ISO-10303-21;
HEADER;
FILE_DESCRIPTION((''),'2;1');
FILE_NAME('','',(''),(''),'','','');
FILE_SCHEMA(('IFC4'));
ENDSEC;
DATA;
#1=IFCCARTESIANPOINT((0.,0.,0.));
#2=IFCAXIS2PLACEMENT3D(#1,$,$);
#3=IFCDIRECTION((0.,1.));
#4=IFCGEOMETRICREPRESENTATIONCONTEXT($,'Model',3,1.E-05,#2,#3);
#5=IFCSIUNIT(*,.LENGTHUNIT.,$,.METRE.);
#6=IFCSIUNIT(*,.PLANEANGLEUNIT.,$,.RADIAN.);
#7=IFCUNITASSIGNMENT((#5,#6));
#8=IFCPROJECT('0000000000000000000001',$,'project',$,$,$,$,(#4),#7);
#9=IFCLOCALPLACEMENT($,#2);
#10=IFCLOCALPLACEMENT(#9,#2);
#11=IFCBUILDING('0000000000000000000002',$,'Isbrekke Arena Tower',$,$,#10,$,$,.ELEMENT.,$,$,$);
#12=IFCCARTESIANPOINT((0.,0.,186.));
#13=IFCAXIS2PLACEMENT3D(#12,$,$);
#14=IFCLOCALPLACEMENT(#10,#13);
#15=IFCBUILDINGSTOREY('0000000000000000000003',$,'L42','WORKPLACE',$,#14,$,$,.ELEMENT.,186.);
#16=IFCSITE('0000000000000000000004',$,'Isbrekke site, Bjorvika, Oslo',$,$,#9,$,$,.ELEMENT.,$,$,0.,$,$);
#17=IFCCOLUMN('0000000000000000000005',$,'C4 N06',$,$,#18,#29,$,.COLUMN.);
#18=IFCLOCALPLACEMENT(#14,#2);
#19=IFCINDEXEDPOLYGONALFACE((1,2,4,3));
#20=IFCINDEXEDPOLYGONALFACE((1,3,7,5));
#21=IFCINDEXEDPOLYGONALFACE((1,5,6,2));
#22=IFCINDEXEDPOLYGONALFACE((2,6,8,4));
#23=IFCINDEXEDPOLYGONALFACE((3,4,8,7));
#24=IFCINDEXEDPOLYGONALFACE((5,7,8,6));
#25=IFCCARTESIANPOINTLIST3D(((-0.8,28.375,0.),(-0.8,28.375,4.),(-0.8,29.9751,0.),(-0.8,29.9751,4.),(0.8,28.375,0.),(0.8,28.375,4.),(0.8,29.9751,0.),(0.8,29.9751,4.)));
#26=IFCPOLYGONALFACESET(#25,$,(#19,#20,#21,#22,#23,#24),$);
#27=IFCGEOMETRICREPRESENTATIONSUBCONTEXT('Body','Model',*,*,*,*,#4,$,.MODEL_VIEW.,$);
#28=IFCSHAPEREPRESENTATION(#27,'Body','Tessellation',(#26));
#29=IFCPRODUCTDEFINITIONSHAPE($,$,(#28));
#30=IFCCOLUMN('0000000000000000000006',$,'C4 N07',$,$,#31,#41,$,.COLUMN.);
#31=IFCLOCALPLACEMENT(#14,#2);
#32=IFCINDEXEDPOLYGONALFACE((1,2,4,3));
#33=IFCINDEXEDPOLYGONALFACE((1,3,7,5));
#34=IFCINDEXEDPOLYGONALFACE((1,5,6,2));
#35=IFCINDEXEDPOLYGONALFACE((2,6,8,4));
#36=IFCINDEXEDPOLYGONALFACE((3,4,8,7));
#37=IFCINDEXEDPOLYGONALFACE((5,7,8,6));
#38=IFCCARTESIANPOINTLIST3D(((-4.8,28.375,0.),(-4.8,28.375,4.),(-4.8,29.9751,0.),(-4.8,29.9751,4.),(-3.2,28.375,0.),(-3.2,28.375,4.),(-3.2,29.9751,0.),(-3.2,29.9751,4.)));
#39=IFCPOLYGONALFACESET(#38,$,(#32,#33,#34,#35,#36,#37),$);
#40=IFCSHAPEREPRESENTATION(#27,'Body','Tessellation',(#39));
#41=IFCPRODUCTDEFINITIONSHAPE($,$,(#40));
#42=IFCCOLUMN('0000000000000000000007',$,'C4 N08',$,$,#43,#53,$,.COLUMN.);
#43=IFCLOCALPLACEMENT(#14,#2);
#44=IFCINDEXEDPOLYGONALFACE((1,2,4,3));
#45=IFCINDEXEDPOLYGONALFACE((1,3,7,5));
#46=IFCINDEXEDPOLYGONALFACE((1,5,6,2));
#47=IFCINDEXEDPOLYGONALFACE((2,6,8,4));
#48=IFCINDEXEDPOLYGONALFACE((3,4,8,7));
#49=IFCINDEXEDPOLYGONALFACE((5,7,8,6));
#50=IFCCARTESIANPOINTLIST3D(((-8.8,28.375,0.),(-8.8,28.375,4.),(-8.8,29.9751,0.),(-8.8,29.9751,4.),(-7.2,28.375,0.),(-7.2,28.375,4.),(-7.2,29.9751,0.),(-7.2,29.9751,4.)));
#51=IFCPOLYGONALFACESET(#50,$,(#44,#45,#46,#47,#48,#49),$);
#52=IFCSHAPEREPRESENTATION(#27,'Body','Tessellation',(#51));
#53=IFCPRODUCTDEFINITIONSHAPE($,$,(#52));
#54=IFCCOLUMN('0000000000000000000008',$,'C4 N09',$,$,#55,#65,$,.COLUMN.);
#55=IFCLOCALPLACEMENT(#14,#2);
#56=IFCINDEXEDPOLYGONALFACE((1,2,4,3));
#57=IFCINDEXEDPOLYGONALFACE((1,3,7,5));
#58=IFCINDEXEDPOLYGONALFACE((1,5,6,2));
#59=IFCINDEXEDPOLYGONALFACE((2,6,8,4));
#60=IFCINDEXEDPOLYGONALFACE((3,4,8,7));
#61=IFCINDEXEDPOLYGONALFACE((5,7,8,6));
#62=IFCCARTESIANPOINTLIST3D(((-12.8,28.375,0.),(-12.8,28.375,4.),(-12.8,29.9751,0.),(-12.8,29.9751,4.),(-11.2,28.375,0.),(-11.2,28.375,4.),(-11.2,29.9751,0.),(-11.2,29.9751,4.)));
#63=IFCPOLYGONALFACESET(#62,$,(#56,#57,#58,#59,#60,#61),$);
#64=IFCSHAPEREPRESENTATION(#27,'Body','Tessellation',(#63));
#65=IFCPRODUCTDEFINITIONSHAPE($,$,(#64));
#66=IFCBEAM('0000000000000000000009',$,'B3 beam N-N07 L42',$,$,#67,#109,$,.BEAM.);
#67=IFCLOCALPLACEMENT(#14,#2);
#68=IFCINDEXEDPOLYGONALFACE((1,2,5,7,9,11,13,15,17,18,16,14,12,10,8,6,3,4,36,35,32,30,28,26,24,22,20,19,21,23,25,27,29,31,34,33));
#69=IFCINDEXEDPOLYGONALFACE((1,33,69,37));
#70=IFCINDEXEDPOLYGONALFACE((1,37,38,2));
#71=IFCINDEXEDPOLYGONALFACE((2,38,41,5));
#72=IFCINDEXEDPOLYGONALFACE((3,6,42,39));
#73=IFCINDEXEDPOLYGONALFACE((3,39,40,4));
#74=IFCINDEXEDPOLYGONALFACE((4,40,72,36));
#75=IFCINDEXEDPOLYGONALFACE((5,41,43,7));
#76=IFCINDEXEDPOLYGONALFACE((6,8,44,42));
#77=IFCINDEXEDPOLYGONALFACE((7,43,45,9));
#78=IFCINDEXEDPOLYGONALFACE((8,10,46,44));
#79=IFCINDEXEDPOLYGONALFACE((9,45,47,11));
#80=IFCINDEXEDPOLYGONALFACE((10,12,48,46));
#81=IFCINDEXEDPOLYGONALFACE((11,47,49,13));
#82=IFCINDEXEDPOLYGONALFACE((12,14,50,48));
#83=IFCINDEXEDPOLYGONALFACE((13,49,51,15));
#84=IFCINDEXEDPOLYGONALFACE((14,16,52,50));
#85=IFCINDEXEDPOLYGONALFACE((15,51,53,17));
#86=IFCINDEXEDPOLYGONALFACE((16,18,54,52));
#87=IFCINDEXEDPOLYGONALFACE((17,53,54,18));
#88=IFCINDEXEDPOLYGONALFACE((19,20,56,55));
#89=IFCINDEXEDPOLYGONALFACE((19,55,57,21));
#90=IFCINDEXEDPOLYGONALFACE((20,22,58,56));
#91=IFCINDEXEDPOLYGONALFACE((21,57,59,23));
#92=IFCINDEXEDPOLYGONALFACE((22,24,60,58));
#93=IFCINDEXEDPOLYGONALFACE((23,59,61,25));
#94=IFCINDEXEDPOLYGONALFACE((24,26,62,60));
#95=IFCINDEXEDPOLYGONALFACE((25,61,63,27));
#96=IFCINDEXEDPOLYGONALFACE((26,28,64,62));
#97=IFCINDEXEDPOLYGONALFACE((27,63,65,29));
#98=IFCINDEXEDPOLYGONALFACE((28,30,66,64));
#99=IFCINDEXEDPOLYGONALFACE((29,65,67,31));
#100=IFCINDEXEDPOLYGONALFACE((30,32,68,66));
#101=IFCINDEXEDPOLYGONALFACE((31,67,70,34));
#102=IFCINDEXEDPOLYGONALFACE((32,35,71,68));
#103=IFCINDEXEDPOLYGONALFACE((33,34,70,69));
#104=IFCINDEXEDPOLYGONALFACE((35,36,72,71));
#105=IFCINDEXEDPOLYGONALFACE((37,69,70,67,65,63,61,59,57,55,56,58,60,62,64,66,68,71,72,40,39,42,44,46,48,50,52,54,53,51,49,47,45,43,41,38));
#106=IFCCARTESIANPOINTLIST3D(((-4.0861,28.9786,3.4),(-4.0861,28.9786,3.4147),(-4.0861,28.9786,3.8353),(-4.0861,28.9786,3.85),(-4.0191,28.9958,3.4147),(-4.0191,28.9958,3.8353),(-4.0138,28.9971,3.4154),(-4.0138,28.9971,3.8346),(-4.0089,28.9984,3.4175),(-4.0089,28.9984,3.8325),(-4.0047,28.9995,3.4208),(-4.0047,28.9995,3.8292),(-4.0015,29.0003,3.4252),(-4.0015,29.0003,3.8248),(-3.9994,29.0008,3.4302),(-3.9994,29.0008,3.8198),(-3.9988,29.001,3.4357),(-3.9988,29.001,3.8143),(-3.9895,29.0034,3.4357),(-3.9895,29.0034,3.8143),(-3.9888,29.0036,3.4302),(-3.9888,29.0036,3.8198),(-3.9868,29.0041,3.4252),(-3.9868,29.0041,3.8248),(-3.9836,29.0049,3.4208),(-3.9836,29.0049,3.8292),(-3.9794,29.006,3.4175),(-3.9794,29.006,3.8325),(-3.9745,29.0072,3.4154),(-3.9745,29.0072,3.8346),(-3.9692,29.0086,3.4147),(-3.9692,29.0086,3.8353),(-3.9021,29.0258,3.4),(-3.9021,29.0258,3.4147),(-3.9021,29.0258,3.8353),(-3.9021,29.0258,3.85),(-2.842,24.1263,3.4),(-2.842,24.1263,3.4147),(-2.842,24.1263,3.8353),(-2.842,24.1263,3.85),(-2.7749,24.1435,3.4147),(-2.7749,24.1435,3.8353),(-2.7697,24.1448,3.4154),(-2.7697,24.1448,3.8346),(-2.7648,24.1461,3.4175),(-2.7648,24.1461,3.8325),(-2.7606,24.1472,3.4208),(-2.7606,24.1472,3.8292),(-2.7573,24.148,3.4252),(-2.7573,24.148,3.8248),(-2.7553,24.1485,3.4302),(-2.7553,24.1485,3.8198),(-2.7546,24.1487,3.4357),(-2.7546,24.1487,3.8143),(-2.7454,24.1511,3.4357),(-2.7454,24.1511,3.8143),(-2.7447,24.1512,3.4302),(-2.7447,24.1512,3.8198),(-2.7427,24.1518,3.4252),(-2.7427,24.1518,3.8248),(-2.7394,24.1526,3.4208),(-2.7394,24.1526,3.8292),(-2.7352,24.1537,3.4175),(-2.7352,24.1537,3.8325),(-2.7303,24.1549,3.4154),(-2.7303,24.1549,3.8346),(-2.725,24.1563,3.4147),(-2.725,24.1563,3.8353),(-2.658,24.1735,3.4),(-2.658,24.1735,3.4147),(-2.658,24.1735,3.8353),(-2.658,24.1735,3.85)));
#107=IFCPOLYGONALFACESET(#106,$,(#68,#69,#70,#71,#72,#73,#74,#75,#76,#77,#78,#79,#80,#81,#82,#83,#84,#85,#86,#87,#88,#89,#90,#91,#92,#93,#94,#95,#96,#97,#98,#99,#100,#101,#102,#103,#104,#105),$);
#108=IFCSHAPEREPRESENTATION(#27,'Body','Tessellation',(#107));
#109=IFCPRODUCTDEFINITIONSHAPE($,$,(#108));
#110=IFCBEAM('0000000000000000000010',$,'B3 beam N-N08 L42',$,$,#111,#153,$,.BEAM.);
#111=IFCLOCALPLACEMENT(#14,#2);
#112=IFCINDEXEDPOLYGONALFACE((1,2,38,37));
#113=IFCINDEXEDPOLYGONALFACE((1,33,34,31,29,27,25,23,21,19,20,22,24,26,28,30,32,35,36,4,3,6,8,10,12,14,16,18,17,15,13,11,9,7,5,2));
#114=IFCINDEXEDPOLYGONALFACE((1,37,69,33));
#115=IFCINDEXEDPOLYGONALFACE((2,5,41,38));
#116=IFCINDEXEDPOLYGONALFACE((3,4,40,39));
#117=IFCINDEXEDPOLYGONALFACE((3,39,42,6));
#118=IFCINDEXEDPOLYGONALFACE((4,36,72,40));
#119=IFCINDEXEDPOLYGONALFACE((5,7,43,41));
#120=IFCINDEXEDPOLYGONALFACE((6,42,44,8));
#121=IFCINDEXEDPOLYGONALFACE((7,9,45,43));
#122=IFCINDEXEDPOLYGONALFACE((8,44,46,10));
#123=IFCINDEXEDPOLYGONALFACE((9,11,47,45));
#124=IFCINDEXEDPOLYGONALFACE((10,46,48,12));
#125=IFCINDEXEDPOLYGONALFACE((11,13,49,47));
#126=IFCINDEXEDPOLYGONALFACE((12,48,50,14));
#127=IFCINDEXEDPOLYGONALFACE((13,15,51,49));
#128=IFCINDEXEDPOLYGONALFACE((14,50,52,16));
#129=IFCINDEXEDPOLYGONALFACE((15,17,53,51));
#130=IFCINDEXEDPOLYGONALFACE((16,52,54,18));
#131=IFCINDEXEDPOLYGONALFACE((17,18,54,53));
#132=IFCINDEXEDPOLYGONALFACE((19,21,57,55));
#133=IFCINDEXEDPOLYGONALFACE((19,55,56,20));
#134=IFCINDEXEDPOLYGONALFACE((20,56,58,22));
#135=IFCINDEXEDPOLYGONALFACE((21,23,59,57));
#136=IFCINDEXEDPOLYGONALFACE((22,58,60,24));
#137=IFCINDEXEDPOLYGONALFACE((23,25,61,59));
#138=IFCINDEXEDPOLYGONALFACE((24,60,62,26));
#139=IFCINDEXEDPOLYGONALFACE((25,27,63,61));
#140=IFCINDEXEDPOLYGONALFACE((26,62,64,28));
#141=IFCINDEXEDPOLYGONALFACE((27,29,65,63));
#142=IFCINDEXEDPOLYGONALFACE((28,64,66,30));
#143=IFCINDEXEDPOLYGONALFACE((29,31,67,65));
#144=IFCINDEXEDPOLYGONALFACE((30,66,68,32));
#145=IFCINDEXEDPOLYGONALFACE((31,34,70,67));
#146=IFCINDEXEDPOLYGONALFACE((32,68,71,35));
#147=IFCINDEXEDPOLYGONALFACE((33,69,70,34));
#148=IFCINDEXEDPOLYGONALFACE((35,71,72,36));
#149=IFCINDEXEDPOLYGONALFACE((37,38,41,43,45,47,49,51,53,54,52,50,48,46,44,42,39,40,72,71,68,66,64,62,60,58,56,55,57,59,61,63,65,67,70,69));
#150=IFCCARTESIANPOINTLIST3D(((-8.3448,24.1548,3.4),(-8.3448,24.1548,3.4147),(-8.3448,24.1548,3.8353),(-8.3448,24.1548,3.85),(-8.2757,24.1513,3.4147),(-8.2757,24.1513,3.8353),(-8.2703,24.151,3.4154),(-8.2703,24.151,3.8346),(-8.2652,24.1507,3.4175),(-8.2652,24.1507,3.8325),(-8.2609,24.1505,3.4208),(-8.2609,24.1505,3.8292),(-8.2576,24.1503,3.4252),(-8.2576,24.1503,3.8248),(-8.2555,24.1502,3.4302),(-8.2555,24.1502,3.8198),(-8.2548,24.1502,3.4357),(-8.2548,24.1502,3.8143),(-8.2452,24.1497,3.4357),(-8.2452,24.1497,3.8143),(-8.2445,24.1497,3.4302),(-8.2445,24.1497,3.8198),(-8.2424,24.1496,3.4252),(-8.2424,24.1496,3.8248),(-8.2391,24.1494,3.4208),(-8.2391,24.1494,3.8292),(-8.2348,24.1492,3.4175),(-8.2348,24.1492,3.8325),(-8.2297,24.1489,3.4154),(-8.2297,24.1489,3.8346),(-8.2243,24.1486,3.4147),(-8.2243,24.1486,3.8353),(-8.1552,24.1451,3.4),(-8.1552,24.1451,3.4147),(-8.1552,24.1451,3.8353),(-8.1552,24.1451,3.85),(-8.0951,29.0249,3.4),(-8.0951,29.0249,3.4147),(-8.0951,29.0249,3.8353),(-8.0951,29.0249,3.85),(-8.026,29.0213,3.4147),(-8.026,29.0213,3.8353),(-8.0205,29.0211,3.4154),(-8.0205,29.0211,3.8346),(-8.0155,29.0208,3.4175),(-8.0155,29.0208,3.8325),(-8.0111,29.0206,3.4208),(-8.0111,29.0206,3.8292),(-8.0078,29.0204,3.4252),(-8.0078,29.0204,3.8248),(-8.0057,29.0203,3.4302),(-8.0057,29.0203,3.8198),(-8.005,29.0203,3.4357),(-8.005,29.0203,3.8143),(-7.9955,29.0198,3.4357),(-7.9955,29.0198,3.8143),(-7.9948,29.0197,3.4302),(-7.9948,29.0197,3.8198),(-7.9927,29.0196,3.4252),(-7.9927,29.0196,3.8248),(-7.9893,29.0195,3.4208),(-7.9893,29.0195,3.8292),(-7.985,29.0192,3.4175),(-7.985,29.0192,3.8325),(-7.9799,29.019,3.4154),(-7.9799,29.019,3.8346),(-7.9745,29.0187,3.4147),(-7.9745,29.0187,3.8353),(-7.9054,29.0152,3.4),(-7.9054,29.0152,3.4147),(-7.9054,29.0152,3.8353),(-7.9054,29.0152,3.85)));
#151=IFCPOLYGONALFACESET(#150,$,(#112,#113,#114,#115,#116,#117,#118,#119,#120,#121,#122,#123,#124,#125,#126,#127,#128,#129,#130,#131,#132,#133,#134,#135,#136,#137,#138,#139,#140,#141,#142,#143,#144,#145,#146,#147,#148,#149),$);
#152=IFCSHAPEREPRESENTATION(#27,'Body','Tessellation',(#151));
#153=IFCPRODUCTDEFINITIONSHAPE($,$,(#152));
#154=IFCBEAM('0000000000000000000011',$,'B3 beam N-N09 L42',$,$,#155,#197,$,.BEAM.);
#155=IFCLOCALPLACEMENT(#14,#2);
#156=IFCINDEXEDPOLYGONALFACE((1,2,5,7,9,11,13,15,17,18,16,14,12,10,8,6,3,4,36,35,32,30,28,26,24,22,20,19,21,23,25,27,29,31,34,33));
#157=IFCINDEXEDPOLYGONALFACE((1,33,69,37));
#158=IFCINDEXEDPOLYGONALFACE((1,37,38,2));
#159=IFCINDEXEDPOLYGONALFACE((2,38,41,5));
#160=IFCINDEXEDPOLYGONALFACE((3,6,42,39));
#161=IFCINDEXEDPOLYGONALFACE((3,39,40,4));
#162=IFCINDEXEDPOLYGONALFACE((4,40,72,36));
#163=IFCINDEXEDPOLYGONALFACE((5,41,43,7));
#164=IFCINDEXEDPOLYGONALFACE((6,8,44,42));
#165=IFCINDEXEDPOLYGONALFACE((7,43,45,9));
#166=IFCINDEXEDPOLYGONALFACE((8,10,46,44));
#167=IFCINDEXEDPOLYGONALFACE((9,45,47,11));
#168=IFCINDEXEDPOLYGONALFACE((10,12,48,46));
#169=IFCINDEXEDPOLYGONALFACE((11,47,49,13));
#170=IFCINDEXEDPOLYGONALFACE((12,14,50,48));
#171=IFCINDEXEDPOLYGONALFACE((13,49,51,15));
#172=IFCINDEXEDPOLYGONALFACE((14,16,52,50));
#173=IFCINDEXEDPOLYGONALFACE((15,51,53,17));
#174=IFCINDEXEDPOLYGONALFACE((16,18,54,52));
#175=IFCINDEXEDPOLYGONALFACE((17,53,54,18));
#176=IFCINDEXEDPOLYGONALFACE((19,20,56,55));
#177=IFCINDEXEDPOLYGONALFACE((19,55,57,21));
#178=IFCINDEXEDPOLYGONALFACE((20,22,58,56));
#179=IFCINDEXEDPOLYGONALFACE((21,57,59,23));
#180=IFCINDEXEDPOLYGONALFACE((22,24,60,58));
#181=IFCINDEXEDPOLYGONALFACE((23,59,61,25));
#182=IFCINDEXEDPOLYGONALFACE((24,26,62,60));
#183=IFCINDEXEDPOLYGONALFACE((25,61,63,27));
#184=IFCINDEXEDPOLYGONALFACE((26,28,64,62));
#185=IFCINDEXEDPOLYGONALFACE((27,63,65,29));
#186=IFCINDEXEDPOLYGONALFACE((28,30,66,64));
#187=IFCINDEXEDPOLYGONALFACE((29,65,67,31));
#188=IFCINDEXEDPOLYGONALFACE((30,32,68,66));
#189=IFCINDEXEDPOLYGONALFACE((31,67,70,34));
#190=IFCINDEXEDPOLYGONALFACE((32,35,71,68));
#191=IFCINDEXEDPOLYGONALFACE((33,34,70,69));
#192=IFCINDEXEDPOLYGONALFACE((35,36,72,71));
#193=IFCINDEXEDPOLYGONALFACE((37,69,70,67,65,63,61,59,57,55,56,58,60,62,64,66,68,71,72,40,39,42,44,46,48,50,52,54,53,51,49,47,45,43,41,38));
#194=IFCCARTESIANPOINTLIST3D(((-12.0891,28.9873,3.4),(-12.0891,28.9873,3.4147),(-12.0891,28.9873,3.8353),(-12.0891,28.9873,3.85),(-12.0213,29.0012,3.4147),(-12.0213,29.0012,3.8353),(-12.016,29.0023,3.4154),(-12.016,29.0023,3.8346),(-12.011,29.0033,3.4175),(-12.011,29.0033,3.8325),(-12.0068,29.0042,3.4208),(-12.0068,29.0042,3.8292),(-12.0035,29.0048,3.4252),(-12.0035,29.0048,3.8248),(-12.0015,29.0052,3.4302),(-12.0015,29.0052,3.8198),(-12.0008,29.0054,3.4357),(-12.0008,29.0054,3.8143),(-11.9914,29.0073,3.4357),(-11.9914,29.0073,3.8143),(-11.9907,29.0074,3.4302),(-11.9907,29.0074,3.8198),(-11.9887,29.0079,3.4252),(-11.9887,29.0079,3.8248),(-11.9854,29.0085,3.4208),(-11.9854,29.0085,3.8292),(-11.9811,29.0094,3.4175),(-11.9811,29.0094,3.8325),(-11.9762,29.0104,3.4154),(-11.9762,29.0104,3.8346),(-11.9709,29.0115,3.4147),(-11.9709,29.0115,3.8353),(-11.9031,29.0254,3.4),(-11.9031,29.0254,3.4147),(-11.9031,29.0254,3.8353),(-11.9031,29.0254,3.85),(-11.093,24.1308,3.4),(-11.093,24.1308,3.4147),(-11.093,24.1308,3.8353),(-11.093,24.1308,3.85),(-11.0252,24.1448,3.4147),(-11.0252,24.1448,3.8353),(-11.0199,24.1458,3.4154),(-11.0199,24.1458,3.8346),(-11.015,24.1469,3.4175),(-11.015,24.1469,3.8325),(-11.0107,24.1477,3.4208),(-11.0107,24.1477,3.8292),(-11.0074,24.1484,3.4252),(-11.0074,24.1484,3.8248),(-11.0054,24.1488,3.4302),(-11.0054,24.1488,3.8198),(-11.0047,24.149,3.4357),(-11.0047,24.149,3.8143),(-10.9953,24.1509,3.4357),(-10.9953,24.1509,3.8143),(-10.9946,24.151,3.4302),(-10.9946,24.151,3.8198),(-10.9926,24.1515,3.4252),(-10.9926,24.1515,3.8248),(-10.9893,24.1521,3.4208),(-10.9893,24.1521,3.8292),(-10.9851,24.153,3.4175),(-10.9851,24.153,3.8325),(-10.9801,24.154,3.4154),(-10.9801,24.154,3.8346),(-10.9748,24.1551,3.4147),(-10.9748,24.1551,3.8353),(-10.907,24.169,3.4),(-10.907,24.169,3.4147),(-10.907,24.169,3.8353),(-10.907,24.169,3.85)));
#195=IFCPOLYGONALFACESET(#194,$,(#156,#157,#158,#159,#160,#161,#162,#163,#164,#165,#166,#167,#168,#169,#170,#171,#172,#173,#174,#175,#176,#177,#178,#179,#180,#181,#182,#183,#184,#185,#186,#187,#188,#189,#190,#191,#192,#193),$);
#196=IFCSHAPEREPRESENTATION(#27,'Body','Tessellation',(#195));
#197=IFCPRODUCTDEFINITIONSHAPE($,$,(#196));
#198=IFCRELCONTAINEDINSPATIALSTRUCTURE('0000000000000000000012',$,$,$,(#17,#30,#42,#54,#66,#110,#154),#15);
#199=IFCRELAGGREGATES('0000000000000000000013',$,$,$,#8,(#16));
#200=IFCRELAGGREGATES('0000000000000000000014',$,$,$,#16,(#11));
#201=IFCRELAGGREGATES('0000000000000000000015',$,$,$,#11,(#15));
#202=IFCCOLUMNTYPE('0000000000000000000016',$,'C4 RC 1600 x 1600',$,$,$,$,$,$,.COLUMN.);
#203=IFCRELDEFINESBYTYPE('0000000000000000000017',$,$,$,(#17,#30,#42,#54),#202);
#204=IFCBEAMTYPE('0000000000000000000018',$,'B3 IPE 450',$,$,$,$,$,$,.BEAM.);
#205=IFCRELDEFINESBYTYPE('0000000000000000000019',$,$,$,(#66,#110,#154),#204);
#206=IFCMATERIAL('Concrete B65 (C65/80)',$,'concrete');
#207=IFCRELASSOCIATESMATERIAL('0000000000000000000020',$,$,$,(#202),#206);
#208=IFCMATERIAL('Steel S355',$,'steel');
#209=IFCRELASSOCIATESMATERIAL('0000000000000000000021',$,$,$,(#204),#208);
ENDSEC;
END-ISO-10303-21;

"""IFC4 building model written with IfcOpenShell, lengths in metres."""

from ifc_helpers import new_model, si_unit, direction, frame, origin, origin_2d, place, context, subcontext, project, spatial, rectangle, i_section, extrude, material, material_profile, profile_set, type_object, element, save


model = new_model("IFC4")

# Units and contexts
model_context = context("Model", 3, precision=1e-05, world=origin(), true_north=direction((0.0, 1.0)))
body_context = subcontext(model_context, "Body", "Model", "MODEL_VIEW")
ifc_project = project(units=[si_unit("LENGTHUNIT", "METRE"), si_unit("PLANEANGLEUNIT", "RADIAN")], contexts=[model_context])

# Site, building, storey
site_placement = place(None, origin())
site = spatial("IfcSite", under=ifc_project, at=site_placement, Name="Isbrekke site, Bjorvika, Oslo", CompositionType="ELEMENT", RefElevation=0.0)
building_placement = place(site_placement, origin())
building = spatial("IfcBuilding", under=site, at=building_placement, Name="Isbrekke Arena Tower", CompositionType="ELEMENT")
storey_placement = place(building_placement, frame((0.0, 0.0, 186.0)))
storey = spatial("IfcBuildingStorey", under=building, at=storey_placement, Name="L42", Description="WORKPLACE", CompositionType="ELEMENT", Elevation=186.0)

# Columns
ifc_material_1 = material(Name="Concrete B65 (C65/80)", Category="concrete")
ifc_material_profile_1 = material_profile(ifc_material_1, rectangle(XDim=1.6001, YDim=1.6001, at=origin_2d()), Name="RC 1600x1600")
ifc_profile_set_1 = profile_set([ifc_material_profile_1], Name="Concrete B65 (C65/80)")
column_type = type_object("IfcColumnType", Name="C4 RC 1600 x 1600", PredefinedType="COLUMN", material=ifc_profile_set_1)
for number, where, z_axis, x_axis, name in (
    (1, (0.0, 29.175, 0.0), (0.0, 0.0, 1.0), (-1.0, 0.0, 0.0), "C4 N06"),
    (2, (-4.0, 29.175, 0.0), (0.0, 0.0, 1.0), (-1.0, 0.0, 0.0), "C4 N07"),
    (3, (-8.0, 29.175, 0.0), (0.0, 0.0, 1.0), (-1.0, 0.0, 0.0), "C4 N08"),
    (4, (-12.0, 29.175, 0.0), (0.0, 0.0, 1.0), (-1.0, 0.0, 0.0), "C4 N09"),
):
    element("IfcColumn", number, at=place(storey_placement, frame(where, z_axis=z_axis, x_axis=x_axis)), inside=storey, type_object=column_type, Name=name, PredefinedType="COLUMN", context=body_context, shape_type="SweptSolid", body=[
        extrude(rectangle(XDim=1.6001, YDim=1.6001, at=origin_2d()), origin(), (0.0, 0.0, 1.0), 4.0),
    ])

# Beams
ifc_material_2 = material(Name="Steel S355", Category="steel")
ifc_material_profile_2 = material_profile(ifc_material_2, i_section(OverallWidth=0.1899, OverallDepth=0.45, WebThickness=0.0095, FlangeThickness=0.0146, FilletRadius=0.021, at=origin_2d()), Name="IPE 450")
ifc_profile_set_2 = profile_set([ifc_material_profile_2], Name="Steel S355")
beam_type_1 = type_object("IfcBeamType", Name="B3 IPE 450", PredefinedType="BEAM", material=ifc_profile_set_2)
beam_1_placement = place(storey_placement, frame((-3.9941, 29.0022, 3.625), z_axis=(0.248368, -0.968666, 0.0), x_axis=(0.968666, 0.248368, 0.0)))
element("IfcBeam", 5, at=beam_1_placement, inside=storey, type_object=beam_type_1, Name="B3 beam N-N07 L42", PredefinedType="BEAM", context=body_context, shape_type="SweptSolid", body=[
    extrude(i_section(OverallWidth=0.1899, OverallDepth=0.45, WebThickness=0.0095, FlangeThickness=0.0146, FilletRadius=0.021, at=origin_2d()), origin(), (0.0, 0.0, 1.0), 5.0093),
])
beam_2_placement = place(storey_placement, frame((-8.0002, 29.02, 3.625), z_axis=(-0.051216, -0.998688, 0.0), x_axis=(0.998688, -0.051216, 0.0)))
element("IfcBeam", 6, at=beam_2_placement, inside=storey, type_object=beam_type_1, Name="B3 beam N-N08 L42", PredefinedType="BEAM", context=body_context, shape_type="SweptSolid", body=[
    extrude(i_section(OverallWidth=0.1899, OverallDepth=0.45, WebThickness=0.0095, FlangeThickness=0.0146, FilletRadius=0.021, at=origin_2d()), origin(), (0.0, 0.0, 1.0), 4.8765),
])
beam_3_placement = place(storey_placement, frame((-11.9961, 29.0063, 3.625), z_axis=(0.200925, -0.979607, 0.0), x_axis=(0.979607, 0.200925, 0.0)))
element("IfcBeam", 7, at=beam_3_placement, inside=storey, type_object=beam_type_1, Name="B3 beam N-N09 L42", PredefinedType="BEAM", context=body_context, shape_type="SweptSolid", body=[
    extrude(i_section(OverallWidth=0.1899, OverallDepth=0.45, WebThickness=0.0095, FlangeThickness=0.0146, FilletRadius=0.021, at=origin_2d()), origin(), (0.0, 0.0, 1.0), 4.9575),
])

save(model, "model.ifc")
